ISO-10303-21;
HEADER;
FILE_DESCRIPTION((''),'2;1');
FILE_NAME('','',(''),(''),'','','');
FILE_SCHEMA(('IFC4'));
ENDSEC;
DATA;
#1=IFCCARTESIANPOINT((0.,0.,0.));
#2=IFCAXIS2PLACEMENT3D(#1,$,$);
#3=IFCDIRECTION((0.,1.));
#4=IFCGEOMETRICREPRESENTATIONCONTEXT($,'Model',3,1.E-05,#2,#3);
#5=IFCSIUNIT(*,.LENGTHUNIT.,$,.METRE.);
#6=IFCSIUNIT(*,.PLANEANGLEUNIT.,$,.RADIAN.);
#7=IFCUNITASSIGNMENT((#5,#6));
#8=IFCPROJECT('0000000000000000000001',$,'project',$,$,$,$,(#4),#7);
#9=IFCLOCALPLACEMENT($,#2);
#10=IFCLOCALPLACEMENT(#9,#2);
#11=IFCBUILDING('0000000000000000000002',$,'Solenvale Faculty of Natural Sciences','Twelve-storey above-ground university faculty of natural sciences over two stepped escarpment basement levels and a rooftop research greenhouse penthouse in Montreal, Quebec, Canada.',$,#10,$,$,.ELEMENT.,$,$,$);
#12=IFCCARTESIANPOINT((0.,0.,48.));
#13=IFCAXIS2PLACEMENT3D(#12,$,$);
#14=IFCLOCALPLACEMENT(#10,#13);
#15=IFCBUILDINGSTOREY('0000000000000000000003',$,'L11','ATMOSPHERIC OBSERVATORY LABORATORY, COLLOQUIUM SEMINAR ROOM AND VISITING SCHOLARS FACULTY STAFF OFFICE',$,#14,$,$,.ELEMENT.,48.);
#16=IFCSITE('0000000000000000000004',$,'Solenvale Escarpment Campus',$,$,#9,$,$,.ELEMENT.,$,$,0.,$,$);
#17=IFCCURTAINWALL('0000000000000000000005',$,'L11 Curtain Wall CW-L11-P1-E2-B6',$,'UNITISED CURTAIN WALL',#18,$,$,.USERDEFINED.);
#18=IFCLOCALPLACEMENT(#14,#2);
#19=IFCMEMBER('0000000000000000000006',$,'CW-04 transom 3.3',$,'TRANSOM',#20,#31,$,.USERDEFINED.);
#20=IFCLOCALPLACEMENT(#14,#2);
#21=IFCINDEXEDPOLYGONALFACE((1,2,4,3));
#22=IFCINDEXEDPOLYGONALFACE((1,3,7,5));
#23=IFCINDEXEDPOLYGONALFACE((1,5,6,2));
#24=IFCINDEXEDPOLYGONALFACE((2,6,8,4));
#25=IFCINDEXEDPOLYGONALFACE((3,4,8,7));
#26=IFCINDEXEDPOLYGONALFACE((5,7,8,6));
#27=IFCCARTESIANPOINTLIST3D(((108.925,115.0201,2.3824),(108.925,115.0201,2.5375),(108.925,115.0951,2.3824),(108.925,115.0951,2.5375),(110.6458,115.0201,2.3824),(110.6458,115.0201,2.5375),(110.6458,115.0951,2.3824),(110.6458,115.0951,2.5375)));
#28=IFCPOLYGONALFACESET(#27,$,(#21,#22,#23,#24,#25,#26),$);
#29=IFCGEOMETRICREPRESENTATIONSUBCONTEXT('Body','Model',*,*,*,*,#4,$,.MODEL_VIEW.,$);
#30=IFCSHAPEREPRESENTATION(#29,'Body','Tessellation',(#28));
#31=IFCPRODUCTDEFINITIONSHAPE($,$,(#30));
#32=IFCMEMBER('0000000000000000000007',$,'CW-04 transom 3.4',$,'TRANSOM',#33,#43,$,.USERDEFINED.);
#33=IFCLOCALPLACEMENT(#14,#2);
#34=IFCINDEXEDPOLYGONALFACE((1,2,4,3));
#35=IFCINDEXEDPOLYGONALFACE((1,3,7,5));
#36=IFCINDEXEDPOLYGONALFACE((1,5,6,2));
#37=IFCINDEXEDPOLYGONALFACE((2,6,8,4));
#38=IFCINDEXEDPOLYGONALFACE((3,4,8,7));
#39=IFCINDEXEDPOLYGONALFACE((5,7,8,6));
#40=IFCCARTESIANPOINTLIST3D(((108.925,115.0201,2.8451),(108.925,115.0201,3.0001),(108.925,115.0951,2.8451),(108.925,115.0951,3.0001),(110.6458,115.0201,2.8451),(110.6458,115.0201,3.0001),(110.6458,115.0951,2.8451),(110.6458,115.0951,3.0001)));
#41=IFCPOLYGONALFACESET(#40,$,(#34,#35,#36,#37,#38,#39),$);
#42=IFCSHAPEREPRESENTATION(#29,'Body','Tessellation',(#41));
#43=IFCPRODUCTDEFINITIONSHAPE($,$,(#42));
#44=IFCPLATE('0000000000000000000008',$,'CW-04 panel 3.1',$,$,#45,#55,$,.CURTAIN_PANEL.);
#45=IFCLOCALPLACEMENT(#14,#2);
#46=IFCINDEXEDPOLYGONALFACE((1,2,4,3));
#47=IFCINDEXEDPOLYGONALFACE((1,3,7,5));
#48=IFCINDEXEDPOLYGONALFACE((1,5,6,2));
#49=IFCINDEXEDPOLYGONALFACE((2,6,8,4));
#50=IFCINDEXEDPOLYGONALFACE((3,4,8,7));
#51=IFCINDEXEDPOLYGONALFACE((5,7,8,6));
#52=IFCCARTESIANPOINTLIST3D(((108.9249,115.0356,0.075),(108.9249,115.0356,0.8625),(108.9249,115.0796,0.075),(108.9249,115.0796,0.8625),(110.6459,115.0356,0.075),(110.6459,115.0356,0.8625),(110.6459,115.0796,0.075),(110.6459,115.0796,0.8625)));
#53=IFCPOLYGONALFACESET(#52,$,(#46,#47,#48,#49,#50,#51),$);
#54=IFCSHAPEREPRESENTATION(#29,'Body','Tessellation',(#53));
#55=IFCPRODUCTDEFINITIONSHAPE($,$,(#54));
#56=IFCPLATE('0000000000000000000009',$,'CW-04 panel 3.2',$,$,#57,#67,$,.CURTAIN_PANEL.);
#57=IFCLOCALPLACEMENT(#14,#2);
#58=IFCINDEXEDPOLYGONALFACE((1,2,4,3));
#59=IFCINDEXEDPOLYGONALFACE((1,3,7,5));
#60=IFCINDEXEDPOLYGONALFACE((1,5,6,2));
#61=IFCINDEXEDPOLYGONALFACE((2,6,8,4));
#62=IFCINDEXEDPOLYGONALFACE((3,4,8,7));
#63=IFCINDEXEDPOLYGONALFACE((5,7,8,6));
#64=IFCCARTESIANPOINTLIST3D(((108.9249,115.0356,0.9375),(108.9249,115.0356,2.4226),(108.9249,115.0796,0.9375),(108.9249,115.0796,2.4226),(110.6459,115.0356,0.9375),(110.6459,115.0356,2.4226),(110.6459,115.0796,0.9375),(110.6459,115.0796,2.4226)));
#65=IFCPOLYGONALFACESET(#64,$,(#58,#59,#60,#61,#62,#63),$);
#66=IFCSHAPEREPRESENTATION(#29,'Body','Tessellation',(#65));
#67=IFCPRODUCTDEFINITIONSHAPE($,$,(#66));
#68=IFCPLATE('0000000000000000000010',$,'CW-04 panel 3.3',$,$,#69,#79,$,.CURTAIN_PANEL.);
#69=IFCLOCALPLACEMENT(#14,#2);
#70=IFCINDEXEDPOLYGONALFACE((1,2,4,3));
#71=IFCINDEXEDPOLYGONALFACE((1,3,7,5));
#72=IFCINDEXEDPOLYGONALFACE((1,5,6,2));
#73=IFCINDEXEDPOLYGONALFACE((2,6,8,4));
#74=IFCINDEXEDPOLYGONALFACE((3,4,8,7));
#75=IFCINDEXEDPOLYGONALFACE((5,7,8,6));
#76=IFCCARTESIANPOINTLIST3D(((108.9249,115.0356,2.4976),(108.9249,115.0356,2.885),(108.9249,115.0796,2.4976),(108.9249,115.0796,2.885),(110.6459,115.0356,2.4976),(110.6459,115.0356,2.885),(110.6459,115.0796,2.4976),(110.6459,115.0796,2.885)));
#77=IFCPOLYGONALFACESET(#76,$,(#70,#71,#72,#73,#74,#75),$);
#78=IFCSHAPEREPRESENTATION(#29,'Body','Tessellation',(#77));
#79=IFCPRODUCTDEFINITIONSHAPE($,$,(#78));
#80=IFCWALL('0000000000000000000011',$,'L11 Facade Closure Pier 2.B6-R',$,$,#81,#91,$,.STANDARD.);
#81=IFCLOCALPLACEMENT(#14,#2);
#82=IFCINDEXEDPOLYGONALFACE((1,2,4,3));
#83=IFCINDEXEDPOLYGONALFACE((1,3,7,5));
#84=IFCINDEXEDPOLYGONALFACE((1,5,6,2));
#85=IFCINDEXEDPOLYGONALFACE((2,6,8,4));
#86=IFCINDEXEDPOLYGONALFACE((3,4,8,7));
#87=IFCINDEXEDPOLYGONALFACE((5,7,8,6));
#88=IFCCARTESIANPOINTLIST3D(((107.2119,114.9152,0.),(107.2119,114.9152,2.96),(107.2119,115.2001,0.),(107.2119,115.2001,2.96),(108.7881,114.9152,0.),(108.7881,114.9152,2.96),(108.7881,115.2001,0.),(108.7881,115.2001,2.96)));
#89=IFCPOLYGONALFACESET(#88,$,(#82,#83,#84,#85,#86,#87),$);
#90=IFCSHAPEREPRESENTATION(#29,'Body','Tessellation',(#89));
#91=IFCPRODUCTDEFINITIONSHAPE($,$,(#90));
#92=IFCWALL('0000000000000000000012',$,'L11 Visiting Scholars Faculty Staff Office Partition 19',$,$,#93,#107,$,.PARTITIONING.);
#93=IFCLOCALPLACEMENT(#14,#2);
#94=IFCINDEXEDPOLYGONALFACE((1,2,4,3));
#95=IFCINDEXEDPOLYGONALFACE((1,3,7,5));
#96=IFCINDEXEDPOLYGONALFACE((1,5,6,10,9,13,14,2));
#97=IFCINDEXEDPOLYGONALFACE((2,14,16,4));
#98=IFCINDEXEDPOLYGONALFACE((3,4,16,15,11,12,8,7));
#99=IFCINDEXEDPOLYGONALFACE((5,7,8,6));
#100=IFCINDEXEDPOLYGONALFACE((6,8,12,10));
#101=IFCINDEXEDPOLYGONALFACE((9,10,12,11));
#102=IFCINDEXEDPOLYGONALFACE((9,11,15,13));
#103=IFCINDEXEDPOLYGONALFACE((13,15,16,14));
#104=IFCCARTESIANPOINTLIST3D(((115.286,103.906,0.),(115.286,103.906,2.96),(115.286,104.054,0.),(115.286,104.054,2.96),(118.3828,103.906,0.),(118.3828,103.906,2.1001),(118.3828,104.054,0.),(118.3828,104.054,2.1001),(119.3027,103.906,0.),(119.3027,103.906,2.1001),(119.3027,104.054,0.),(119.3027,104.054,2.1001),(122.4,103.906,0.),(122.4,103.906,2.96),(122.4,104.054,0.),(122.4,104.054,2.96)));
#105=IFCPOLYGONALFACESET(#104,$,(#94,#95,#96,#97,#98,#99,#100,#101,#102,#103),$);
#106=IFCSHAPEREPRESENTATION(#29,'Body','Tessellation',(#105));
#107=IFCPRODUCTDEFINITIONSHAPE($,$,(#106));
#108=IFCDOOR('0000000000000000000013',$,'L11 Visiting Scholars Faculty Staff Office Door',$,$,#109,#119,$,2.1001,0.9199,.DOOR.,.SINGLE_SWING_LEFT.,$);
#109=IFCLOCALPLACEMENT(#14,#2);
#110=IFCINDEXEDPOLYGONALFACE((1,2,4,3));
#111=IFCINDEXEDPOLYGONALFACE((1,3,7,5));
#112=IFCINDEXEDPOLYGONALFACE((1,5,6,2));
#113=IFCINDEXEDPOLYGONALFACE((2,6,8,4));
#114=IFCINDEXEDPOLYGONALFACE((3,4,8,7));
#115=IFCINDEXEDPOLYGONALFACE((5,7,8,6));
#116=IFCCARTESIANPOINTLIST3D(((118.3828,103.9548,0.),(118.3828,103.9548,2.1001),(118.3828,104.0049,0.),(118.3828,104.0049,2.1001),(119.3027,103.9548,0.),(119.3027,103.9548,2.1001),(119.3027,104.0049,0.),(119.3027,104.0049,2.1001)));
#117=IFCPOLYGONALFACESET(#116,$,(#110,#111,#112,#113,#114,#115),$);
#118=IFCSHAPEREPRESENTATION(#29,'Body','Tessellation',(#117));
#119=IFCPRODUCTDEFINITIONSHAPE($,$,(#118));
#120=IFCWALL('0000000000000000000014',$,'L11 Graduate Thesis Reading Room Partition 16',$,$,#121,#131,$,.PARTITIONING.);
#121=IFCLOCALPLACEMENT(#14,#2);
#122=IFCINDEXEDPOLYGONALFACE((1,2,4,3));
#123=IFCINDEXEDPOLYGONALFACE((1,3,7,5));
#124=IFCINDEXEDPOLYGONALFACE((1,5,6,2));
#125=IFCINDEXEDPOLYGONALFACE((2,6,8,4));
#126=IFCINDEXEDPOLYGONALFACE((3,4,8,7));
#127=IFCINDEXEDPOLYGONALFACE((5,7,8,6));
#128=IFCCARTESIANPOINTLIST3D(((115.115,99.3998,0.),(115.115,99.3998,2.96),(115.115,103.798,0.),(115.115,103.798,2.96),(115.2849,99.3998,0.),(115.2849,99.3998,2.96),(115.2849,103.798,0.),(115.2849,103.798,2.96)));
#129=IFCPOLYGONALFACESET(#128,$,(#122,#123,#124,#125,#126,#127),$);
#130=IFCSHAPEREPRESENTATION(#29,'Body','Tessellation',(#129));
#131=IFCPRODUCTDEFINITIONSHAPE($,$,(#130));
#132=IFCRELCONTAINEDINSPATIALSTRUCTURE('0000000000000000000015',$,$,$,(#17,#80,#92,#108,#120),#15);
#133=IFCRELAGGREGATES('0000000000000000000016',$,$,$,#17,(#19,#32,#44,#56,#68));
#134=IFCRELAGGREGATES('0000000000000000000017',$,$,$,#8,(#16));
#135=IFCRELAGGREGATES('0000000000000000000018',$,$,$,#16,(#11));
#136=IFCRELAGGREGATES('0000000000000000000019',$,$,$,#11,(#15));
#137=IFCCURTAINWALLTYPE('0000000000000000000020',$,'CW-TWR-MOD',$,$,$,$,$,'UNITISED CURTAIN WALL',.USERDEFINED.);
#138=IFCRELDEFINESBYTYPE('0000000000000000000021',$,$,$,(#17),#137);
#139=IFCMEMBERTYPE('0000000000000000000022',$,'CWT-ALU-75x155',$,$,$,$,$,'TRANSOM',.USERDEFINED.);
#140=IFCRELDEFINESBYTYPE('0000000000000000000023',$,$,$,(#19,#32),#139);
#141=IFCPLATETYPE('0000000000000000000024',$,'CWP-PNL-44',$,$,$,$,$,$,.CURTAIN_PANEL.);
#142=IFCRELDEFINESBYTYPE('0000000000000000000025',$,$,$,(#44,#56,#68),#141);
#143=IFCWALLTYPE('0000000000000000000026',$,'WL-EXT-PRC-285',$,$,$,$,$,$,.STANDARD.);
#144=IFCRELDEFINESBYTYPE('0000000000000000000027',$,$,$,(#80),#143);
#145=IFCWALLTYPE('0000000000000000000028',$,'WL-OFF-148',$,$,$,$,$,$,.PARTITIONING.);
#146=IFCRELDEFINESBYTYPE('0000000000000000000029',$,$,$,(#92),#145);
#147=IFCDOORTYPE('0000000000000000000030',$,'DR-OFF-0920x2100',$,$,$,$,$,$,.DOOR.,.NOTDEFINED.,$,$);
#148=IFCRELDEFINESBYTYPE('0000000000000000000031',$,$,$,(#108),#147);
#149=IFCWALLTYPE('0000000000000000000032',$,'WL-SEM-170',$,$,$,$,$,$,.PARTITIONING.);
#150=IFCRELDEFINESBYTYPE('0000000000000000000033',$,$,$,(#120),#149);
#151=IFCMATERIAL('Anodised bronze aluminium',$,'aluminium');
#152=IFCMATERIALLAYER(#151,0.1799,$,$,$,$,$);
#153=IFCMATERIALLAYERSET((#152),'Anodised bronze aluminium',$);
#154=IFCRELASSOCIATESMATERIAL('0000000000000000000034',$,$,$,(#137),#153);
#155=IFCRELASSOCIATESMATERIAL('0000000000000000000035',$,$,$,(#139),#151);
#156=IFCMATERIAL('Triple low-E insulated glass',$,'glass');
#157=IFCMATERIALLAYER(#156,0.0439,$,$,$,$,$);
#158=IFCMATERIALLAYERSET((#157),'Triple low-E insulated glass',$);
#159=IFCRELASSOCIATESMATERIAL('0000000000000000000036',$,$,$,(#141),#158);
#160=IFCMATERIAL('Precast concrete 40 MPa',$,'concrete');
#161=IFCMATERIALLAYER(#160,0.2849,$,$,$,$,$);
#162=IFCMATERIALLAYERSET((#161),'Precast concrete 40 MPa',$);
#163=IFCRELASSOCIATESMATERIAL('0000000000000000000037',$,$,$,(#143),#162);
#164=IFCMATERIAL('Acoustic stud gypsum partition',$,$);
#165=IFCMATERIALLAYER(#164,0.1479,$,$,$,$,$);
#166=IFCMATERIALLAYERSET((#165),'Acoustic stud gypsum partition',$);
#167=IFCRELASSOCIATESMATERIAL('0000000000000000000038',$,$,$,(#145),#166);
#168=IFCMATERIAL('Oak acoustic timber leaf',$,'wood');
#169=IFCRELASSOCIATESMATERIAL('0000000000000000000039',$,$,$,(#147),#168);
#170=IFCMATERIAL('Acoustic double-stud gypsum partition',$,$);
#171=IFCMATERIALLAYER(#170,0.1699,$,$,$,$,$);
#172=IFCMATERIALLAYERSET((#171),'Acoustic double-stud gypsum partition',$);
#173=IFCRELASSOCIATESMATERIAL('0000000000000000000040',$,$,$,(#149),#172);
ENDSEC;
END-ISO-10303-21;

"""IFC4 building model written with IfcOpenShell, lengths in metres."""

from ifc_helpers import new_model, si_unit, direction, frame, frame_2d, origin, origin_2d, place, context, subcontext, project, spatial, rectangle, extrude, material, layer, layer_set, material_profile, profile_set, type_object, element, fill, aggregate, save


model = new_model("IFC4")

# Units and contexts
model_context = context("Model", 3, precision=1e-05, world=origin(), true_north=direction((0.0, 1.0)))
body_context = subcontext(model_context, "Body", "Model", "MODEL_VIEW")
ifc_project = project(units=[si_unit("LENGTHUNIT", "METRE"), si_unit("PLANEANGLEUNIT", "RADIAN")], contexts=[model_context])

# Site, building, storey
site_placement = place(None, origin())
site = spatial("IfcSite", under=ifc_project, at=site_placement, Name="Solenvale Escarpment Campus", CompositionType="ELEMENT", RefElevation=0.0)
building_placement = place(site_placement, origin())
building = spatial("IfcBuilding", under=site, at=building_placement, Name="Solenvale Faculty of Natural Sciences", Description="Twelve-storey above-ground university faculty of natural sciences over two stepped escarpment basement levels and a rooftop research greenhouse penthouse in Montreal, Quebec, Canada.", CompositionType="ELEMENT")
storey_placement = place(building_placement, frame((0.0, 0.0, 48.0)))
storey = spatial("IfcBuildingStorey", under=building, at=storey_placement, Name="L11", Description="ATMOSPHERIC OBSERVATORY LABORATORY, COLLOQUIUM SEMINAR ROOM AND VISITING SCHOLARS FACULTY STAFF OFFICE", CompositionType="ELEMENT", Elevation=48.0)

# Curtain wall, members, plates
ifc_material_1 = material(Name="Anodised bronze aluminium", Category="aluminium")
ifc_layer_1 = layer(ifc_material_1, 0.1799)
ifc_layer_set_1 = layer_set([ifc_layer_1], Name="Anodised bronze aluminium")
curtain_wall_type = type_object("IfcCurtainWallType", Name="CW-TWR-MOD", ElementType="UNITISED CURTAIN WALL", PredefinedType="USERDEFINED", material=ifc_layer_set_1)
curtain_wall_placement = place(storey_placement, origin())
curtain_wall = element("IfcCurtainWall", 1, at=curtain_wall_placement, inside=storey, type_object=curtain_wall_type, Name="L11 Curtain Wall CW-L11-P1-E2-B6", ObjectType="UNITISED CURTAIN WALL", PredefinedType="USERDEFINED")
ifc_material_profile_1 = material_profile(ifc_material_1, rectangle(XDim=0.075, YDim=0.155, at=origin_2d()), Name="ALU-TRN-75x155")
ifc_profile_set_1 = profile_set([ifc_material_profile_1], Name="Anodised bronze aluminium")
member_type_1 = type_object("IfcMemberType", Name="CWT-ALU-75x155", ElementType="TRANSOM", PredefinedType="USERDEFINED", material=ifc_profile_set_1)
member_1_placement = place(storey_placement, frame((110.6458, 115.0576, 2.46), z_axis=(-1.0, 0.0, 0.0), x_axis=(0.0, -1.0, 0.0)))
member_1 = element("IfcMember", 2, at=member_1_placement, type_object=member_type_1, Name="CW-04 transom 3.3", ObjectType="TRANSOM", PredefinedType="USERDEFINED", context=body_context, shape_type="SweptSolid", body=[
    extrude(rectangle(XDim=0.075, YDim=0.155, at=origin_2d()), origin(), (0.0, 0.0, 1.0), 1.7207),
])
member_2_placement = place(storey_placement, frame((110.6458, 115.0576, 2.9226), z_axis=(-1.0, 0.0, 0.0), x_axis=(0.0, -1.0, 0.0)))
member_2 = element("IfcMember", 3, at=member_2_placement, type_object=member_type_1, Name="CW-04 transom 3.4", ObjectType="TRANSOM", PredefinedType="USERDEFINED", context=body_context, shape_type="SweptSolid", body=[
    extrude(rectangle(XDim=0.075, YDim=0.155, at=origin_2d()), origin(), (0.0, 0.0, 1.0), 1.7207),
])
ifc_material_2 = material(Name="Triple low-E insulated glass", Category="glass")
ifc_layer_2 = layer(ifc_material_2, 0.0439)
ifc_layer_set_2 = layer_set([ifc_layer_2], Name="Triple low-E insulated glass")
plate_type = type_object("IfcPlateType", Name="CWP-PNL-44", PredefinedType="CURTAIN_PANEL", material=ifc_layer_set_2)
plate_1_placement = place(storey_placement, frame((109.7854, 115.0576, 0.075), z_axis=(0.0, 0.0, 1.0), x_axis=(-1.0, 0.0, 0.0)))
plate_1 = element("IfcPlate", 4, at=plate_1_placement, type_object=plate_type, Name="CW-04 panel 3.1", PredefinedType="CURTAIN_PANEL", context=body_context, shape_type="SweptSolid", body=[
    extrude(rectangle(XDim=1.7209, YDim=0.0439, at=origin_2d()), origin(), (0.0, 0.0, 1.0), 0.7876),
])
plate_2_placement = place(storey_placement, frame((109.7854, 115.0576, 0.9375), z_axis=(0.0, 0.0, 1.0), x_axis=(-1.0, 0.0, 0.0)))
plate_2 = element("IfcPlate", 5, at=plate_2_placement, type_object=plate_type, Name="CW-04 panel 3.2", PredefinedType="CURTAIN_PANEL", context=body_context, shape_type="SweptSolid", body=[
    extrude(rectangle(XDim=1.7209, YDim=0.0439, at=origin_2d()), origin(), (0.0, 0.0, 1.0), 1.4851),
])
plate_3_placement = place(storey_placement, frame((109.7854, 115.0576, 2.4976), z_axis=(0.0, 0.0, 1.0), x_axis=(-1.0, 0.0, 0.0)))
plate_3 = element("IfcPlate", 6, at=plate_3_placement, type_object=plate_type, Name="CW-04 panel 3.3", PredefinedType="CURTAIN_PANEL", context=body_context, shape_type="SweptSolid", body=[
    extrude(rectangle(XDim=1.7209, YDim=0.0439, at=origin_2d()), origin(), (0.0, 0.0, 1.0), 0.3875),
])
aggregate(curtain_wall, [member_1, member_2, plate_1, plate_2, plate_3])

# Wall
ifc_material_3 = material(Name="Precast concrete 40 MPa", Category="concrete")
ifc_layer_3 = layer(ifc_material_3, 0.2849)
ifc_layer_set_3 = layer_set([ifc_layer_3], Name="Precast concrete 40 MPa")
wall_type_1 = type_object("IfcWallType", Name="WL-EXT-PRC-285", PredefinedType="STANDARD", material=ifc_layer_set_3)
wall_1_placement = place(storey_placement, frame((108.7881, 115.0576, 0.0), z_axis=(0.0, 0.0, 1.0), x_axis=(-1.0, 0.0, 0.0)))
element("IfcWall", 7, at=wall_1_placement, inside=storey, type_object=wall_type_1, Name="L11 Facade Closure Pier 2.B6-R", PredefinedType="STANDARD", context=body_context, shape_type="SweptSolid", body=[
    extrude(rectangle(XDim=1.5762, YDim=0.2849, at=frame_2d((0.7881, 0.0))), origin(), (0.0, 0.0, 1.0), 2.96),
])

# Wall, opening, door
ifc_material_4 = material(Name="Acoustic stud gypsum partition")
ifc_layer_4 = layer(ifc_material_4, 0.1479)
ifc_layer_set_4 = layer_set([ifc_layer_4], Name="Acoustic stud gypsum partition")
wall_type_2 = type_object("IfcWallType", Name="WL-OFF-148", PredefinedType="PARTITIONING", material=ifc_layer_set_4)
wall_2_placement = place(storey_placement, frame((115.2859, 103.98, 0.0), z_axis=(0.0, 0.0, 1.0), x_axis=(1.0, 0.0, 0.0)))
wall_2 = element("IfcWall", 8, at=wall_2_placement, inside=storey, type_object=wall_type_2, Name="L11 Visiting Scholars Faculty Staff Office Partition 19", PredefinedType="PARTITIONING", context=body_context, shape_type="SweptSolid", body=[
    extrude(rectangle(XDim=7.114, YDim=0.1479, at=frame_2d((3.5571, 0.0))), origin(), (0.0, 0.0, 1.0), 2.96),
])
opening_placement = place(wall_2_placement, frame((3.0969, 0.0, 0.0)))
opening = element("IfcOpeningElement", 9, at=opening_placement, cuts=wall_2, PredefinedType="OPENING", context=body_context, shape_type="SweptSolid", body=[
    extrude(rectangle(XDim=0.9199, YDim=2.1001, at=frame_2d((0.46, 1.05))), frame((0.0, 0.084, 0.0), z_axis=(0.0, -1.0, 0.0), x_axis=(1.0, 0.0, 0.0)), (0.0, 0.0, 1.0), 0.168),
])
ifc_material_5 = material(Name="Oak acoustic timber leaf", Category="wood")
door_type = type_object("IfcDoorType", Name="DR-OFF-0920x2100", OperationType="NOTDEFINED", PredefinedType="DOOR", material=ifc_material_5)
door_placement = place(opening_placement, origin())
door = element("IfcDoor", 10, at=door_placement, inside=storey, type_object=door_type, Name="L11 Visiting Scholars Faculty Staff Office Door", OperationType="SINGLE_SWING_LEFT", OverallHeight=2.1001, OverallWidth=0.9199, PredefinedType="DOOR", context=body_context, shape_type="SweptSolid", body=[
    extrude(rectangle(XDim=0.9199, YDim=2.1001, at=frame_2d((0.46, 1.05))), frame((0.0, 0.0249, 0.0), z_axis=(0.0, -1.0, 0.0), x_axis=(1.0, 0.0, 0.0)), (0.0, 0.0, 1.0), 0.05),
])
fill(opening, door)

# Wall
ifc_material_6 = material(Name="Acoustic double-stud gypsum partition")
ifc_layer_5 = layer(ifc_material_6, 0.1699)
ifc_layer_set_5 = layer_set([ifc_layer_5], Name="Acoustic double-stud gypsum partition")
wall_type_3 = type_object("IfcWallType", Name="WL-SEM-170", PredefinedType="PARTITIONING", material=ifc_layer_set_5)
wall_3_placement = place(storey_placement, frame((115.2, 103.7981, 0.0), z_axis=(0.0, 0.0, 1.0), x_axis=(0.0, -1.0, 0.0)))
element("IfcWall", 11, at=wall_3_placement, inside=storey, type_object=wall_type_3, Name="L11 Graduate Thesis Reading Room Partition 16", PredefinedType="PARTITIONING", context=body_context, shape_type="SweptSolid", body=[
    extrude(rectangle(XDim=4.3982, YDim=0.1699, at=frame_2d((2.1992, 0.0))), origin(), (0.0, 0.0, 1.0), 2.96),
])

save(model, "model.ifc")
